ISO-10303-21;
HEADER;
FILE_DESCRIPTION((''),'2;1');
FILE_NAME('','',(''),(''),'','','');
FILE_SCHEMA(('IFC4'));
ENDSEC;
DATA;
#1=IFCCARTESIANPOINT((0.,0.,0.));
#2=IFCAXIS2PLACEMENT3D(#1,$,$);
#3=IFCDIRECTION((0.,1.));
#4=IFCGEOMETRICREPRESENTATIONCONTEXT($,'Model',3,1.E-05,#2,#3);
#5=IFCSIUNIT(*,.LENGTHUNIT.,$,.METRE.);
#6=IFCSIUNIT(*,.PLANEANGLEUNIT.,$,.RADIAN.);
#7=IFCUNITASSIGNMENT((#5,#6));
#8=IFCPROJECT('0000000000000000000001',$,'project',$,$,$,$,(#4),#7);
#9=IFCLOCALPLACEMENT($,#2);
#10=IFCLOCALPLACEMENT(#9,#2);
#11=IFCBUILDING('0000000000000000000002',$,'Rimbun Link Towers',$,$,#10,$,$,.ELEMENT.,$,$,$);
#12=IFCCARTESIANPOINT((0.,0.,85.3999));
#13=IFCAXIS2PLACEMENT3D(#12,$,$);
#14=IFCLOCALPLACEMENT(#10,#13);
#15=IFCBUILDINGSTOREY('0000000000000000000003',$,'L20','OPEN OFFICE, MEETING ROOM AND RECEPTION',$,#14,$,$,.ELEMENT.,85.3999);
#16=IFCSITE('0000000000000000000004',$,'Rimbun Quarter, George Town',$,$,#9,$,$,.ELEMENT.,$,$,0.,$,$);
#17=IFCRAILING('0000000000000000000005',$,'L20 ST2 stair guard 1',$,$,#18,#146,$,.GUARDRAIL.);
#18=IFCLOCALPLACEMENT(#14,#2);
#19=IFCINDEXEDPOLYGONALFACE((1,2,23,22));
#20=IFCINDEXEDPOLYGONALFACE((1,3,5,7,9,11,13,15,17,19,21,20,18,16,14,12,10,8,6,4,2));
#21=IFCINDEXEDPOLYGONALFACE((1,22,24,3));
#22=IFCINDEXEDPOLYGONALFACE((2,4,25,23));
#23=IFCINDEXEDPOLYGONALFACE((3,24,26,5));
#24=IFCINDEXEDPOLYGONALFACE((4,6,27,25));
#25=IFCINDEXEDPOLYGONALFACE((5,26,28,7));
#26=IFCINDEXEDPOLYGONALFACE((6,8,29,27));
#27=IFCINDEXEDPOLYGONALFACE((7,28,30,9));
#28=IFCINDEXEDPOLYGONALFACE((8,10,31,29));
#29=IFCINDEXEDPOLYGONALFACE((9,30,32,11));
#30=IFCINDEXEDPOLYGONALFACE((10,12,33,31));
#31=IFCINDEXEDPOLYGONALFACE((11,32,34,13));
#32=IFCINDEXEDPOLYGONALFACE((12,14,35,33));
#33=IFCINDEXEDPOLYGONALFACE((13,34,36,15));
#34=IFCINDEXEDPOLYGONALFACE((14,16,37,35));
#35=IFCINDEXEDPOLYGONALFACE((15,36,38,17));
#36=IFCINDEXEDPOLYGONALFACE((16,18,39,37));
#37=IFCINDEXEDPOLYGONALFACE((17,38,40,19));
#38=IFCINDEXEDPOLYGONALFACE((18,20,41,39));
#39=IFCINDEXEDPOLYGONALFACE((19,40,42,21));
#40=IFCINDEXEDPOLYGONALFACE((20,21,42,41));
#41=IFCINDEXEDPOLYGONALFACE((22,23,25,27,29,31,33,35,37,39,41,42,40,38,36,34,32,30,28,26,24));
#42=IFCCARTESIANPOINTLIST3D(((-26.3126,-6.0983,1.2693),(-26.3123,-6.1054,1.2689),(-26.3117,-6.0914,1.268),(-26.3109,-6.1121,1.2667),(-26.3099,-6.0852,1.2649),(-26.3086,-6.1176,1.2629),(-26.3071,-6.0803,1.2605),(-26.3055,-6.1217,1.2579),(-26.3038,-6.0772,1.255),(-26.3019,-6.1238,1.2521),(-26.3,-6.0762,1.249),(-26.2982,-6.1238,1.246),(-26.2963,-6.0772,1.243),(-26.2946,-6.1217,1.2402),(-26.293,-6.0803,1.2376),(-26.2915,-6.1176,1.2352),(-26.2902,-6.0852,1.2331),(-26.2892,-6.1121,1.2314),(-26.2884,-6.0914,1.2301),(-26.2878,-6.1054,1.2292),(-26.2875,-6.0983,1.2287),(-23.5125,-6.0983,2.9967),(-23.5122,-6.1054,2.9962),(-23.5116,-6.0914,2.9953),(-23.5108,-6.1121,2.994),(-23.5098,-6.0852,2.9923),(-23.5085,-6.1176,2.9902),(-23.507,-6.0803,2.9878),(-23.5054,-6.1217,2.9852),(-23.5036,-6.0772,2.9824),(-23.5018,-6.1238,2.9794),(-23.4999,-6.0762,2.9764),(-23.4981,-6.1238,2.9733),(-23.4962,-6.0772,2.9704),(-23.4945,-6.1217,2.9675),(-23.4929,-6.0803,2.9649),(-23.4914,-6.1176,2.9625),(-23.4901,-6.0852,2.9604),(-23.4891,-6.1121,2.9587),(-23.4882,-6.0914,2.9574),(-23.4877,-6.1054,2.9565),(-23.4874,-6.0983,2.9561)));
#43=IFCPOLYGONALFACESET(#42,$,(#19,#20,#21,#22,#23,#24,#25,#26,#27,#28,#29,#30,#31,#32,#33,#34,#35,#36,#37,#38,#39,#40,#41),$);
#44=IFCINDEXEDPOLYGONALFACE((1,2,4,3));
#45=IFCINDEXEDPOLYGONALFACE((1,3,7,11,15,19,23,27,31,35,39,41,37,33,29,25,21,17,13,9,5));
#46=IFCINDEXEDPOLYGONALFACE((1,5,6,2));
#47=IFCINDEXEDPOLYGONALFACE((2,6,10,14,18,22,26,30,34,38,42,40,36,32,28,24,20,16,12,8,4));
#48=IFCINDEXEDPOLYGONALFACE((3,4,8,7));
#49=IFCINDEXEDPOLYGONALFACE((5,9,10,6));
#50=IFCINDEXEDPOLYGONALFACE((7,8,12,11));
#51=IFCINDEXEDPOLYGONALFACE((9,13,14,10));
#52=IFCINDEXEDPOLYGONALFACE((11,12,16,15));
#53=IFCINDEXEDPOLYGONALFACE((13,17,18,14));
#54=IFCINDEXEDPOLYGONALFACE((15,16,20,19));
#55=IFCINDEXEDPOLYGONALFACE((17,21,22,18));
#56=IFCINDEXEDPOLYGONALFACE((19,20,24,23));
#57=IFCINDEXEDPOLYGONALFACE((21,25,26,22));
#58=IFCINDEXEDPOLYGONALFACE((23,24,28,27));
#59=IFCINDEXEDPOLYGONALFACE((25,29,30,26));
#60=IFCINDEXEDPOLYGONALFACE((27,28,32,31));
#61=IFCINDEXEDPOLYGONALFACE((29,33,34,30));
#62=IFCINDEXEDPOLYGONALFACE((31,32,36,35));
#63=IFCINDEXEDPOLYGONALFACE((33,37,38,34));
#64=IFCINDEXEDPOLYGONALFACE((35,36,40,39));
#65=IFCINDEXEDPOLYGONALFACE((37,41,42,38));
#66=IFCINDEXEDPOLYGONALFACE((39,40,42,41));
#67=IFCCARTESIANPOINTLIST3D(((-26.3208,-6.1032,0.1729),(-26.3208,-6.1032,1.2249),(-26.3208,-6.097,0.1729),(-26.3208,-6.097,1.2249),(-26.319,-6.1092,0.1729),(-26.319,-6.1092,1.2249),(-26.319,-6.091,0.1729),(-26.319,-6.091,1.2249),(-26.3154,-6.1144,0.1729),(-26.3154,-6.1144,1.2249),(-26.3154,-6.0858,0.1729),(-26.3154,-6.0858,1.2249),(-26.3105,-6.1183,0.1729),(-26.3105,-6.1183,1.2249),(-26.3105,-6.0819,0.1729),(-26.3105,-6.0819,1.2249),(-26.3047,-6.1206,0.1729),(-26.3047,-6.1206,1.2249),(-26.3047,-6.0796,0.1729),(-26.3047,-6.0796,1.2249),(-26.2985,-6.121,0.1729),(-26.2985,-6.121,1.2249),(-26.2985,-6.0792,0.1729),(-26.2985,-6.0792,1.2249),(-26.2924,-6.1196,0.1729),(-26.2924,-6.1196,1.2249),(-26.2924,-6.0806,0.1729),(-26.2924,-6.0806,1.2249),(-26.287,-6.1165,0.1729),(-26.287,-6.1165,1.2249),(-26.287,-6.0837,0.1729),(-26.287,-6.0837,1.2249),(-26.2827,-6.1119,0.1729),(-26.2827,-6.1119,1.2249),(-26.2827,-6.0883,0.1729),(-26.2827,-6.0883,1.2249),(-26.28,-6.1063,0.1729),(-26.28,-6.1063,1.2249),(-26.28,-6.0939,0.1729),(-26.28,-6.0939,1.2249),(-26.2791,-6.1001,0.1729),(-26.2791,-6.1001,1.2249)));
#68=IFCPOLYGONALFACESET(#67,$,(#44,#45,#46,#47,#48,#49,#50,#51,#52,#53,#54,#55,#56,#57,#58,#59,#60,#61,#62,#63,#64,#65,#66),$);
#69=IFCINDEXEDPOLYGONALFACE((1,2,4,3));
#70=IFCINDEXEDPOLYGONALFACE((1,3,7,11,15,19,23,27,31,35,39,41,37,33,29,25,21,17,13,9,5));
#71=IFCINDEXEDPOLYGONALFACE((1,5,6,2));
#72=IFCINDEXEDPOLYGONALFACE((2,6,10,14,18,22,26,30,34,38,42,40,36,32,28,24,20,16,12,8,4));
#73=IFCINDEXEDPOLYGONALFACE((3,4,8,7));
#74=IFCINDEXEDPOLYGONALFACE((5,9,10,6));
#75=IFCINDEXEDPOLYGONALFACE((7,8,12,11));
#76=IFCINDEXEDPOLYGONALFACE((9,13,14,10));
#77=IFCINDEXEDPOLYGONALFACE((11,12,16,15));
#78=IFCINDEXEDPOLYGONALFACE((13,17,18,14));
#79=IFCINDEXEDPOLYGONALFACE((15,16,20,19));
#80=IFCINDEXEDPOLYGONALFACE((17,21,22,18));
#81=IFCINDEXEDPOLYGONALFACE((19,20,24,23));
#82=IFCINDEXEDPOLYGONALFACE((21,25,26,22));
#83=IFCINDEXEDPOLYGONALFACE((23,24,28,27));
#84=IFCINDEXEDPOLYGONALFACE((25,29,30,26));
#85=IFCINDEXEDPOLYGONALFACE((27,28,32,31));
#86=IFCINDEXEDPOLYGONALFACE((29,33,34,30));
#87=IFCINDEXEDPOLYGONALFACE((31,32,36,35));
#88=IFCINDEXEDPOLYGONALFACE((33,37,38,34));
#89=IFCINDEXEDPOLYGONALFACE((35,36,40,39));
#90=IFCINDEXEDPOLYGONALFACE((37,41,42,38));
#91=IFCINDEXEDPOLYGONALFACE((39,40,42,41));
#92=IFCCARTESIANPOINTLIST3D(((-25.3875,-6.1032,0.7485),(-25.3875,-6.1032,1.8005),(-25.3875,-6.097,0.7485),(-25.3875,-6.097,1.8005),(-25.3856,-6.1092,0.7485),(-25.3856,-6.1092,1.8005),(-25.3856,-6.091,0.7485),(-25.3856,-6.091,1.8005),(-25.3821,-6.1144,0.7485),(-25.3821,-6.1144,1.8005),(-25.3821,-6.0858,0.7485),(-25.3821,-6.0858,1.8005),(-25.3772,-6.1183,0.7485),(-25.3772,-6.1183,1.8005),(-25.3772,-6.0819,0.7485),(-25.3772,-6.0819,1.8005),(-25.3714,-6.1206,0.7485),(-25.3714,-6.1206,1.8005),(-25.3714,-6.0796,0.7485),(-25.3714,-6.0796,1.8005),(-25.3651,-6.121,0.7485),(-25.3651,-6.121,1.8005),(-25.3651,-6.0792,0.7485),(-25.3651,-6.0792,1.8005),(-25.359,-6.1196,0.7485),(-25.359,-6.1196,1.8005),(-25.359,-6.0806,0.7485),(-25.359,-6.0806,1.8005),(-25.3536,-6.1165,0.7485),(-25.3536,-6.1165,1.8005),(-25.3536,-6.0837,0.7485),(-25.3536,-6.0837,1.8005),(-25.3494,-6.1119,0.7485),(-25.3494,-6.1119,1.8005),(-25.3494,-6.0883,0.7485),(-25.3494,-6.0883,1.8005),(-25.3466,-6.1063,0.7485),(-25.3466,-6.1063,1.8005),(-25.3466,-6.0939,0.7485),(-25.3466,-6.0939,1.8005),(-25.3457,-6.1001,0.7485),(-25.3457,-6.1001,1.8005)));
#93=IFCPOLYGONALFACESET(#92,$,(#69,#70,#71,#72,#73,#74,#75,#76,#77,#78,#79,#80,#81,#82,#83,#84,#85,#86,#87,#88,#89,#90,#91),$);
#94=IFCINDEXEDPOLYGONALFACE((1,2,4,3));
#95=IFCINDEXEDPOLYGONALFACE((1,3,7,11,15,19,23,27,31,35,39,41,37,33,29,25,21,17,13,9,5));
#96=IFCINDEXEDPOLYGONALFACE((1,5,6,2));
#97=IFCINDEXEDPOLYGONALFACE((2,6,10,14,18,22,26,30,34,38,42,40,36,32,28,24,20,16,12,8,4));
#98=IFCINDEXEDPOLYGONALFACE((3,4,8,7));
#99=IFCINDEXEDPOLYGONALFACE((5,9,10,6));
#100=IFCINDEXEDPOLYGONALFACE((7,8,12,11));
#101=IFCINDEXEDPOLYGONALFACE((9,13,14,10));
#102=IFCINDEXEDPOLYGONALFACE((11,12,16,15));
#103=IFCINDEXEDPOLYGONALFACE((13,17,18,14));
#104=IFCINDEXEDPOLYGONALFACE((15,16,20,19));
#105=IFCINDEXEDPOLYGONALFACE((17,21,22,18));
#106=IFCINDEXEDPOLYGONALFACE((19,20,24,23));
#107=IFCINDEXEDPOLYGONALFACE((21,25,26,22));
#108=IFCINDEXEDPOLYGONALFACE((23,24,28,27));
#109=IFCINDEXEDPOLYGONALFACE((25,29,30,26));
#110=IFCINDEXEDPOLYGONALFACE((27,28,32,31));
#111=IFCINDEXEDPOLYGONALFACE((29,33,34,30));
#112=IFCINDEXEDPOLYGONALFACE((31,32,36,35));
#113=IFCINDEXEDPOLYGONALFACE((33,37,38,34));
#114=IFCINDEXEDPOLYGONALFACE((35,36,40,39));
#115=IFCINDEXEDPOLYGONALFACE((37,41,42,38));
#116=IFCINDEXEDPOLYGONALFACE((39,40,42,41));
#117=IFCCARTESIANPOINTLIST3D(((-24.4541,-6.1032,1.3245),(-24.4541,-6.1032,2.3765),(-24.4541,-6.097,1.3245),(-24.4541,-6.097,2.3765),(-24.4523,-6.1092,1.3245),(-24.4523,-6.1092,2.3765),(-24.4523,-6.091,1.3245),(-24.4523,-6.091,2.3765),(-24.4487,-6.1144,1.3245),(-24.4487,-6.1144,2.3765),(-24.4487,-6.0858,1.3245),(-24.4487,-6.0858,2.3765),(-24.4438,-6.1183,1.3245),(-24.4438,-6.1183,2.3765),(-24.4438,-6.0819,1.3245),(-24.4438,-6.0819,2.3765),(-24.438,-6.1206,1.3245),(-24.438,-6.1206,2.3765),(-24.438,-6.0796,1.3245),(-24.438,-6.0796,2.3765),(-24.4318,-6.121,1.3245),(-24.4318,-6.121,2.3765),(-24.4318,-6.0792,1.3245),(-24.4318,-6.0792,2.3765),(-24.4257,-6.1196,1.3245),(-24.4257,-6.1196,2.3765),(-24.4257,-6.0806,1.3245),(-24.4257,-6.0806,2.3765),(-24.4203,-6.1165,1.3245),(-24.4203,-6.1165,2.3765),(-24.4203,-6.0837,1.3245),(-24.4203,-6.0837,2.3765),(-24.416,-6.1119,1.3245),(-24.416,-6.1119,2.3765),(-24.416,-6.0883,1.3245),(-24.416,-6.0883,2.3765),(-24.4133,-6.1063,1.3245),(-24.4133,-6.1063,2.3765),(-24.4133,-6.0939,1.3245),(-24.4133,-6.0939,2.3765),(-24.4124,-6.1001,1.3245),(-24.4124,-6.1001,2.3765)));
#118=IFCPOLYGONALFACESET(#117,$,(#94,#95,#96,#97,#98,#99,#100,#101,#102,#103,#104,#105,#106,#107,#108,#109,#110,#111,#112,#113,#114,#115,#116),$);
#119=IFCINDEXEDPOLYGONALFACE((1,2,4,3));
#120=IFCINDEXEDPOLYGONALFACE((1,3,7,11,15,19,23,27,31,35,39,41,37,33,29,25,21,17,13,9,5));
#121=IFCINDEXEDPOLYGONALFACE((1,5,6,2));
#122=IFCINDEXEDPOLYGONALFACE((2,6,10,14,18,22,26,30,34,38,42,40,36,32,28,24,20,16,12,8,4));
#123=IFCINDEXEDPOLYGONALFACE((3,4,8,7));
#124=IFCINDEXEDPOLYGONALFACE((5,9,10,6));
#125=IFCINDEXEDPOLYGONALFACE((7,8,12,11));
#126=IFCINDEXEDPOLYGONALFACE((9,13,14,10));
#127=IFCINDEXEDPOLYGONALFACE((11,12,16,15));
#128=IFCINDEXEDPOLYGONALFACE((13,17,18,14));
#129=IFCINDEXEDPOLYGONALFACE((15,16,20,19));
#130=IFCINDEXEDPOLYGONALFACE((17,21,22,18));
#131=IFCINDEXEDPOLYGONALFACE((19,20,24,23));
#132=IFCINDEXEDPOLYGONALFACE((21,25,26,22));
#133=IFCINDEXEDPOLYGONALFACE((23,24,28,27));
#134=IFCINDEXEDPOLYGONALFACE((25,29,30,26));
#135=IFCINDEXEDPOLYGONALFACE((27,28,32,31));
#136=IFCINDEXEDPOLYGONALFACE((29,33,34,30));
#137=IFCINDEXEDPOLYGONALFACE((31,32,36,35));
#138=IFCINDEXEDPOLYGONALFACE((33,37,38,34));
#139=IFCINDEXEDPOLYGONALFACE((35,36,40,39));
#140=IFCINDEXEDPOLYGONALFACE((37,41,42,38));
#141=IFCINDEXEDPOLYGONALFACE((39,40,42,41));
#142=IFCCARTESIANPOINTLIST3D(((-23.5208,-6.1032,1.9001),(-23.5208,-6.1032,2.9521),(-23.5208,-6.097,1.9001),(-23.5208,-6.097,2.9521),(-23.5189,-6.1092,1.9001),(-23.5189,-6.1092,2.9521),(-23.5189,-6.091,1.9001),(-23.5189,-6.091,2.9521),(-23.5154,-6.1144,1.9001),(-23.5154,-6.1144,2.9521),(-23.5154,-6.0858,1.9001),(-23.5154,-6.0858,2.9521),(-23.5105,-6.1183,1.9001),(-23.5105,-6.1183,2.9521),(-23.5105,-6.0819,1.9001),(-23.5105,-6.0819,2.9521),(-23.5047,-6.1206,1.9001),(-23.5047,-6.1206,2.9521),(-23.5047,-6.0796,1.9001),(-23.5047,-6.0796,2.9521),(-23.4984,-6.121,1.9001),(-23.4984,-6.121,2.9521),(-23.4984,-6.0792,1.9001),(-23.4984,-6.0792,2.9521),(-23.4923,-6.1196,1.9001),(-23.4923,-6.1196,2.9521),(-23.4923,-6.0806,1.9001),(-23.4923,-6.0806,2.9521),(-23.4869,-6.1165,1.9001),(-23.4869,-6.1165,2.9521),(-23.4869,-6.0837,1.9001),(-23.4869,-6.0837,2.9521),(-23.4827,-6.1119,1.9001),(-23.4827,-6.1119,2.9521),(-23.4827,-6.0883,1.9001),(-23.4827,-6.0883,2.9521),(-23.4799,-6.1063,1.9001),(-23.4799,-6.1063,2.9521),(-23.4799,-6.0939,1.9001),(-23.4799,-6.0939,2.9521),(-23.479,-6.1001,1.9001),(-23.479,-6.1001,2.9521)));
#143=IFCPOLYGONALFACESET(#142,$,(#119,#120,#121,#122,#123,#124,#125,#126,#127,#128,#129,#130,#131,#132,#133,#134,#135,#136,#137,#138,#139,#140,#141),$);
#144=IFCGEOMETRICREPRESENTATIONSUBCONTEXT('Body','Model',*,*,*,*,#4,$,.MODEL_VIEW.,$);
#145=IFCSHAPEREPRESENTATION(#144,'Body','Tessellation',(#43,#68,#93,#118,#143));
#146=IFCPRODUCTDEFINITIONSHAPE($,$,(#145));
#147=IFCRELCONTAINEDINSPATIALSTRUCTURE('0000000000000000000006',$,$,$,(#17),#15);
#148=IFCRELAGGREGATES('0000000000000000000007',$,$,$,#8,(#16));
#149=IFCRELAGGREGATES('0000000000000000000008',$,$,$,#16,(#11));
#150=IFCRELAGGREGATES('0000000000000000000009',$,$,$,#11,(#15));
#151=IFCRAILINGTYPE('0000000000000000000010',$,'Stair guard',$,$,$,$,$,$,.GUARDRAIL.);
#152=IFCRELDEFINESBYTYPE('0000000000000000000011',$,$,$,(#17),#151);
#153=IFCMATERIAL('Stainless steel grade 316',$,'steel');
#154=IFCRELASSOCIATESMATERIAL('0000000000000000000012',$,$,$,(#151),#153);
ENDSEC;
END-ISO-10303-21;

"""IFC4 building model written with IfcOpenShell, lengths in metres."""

from ifc_helpers import new_model, si_unit, direction, frame, origin, origin_2d, place, context, subcontext, project, spatial, circle, extrude, material, type_object, element, save


model = new_model("IFC4")

# Units and contexts
model_context = context("Model", 3, precision=1e-05, world=origin(), true_north=direction((0.0, 1.0)))
body_context = subcontext(model_context, "Body", "Model", "MODEL_VIEW")
ifc_project = project(units=[si_unit("LENGTHUNIT", "METRE"), si_unit("PLANEANGLEUNIT", "RADIAN")], contexts=[model_context])

# Site, building, storey
site_placement = place(None, origin())
site = spatial("IfcSite", under=ifc_project, at=site_placement, Name="Rimbun Quarter, George Town", CompositionType="ELEMENT", RefElevation=0.0)
building_placement = place(site_placement, origin())
building = spatial("IfcBuilding", under=site, at=building_placement, Name="Rimbun Link Towers", CompositionType="ELEMENT")
storey_placement = place(building_placement, frame((0.0, 0.0, 85.3999)))
storey = spatial("IfcBuildingStorey", under=building, at=storey_placement, Name="L20", Description="OPEN OFFICE, MEETING ROOM AND RECEPTION", CompositionType="ELEMENT", Elevation=85.3999)

# Railing
ifc_material_1 = material(Name="Stainless steel grade 316", Category="steel")
railing_type_1 = type_object("IfcRailingType", Name="Stair guard", PredefinedType="GUARDRAIL", material=ifc_material_1)
railing_1_placement = place(storey_placement, frame((-26.3, -6.1001, 0.1729)))
element("IfcRailing", 1, at=railing_1_placement, inside=storey, type_object=railing_type_1, Name="L20 ST2 stair guard 1", PredefinedType="GUARDRAIL", context=body_context, shape_type="SweptSolid", body=[
    extrude(circle(Radius=0.0239, at=origin_2d()), frame((0.0, 0.0, 1.0762), z_axis=(0.85109, 0.0, 0.52502), x_axis=(0.0, 1.0, 0.0)), (0.0, 0.0, 1.0), 3.29),
    extrude(circle(Radius=0.021, at=origin_2d()), origin(), (0.0, 0.0, 1.0), 1.052),
    extrude(circle(Radius=0.021, at=origin_2d()), frame((0.9333, 0.0, 0.5757)), (0.0, 0.0, 1.0), 1.052),
    extrude(circle(Radius=0.021, at=origin_2d()), frame((1.8667, 0.0, 1.1516)), (0.0, 0.0, 1.0), 1.052),
    extrude(circle(Radius=0.021, at=origin_2d()), frame((2.8, 0.0, 1.7273)), (0.0, 0.0, 1.0), 1.052),
])

save(model, "model.ifc")
